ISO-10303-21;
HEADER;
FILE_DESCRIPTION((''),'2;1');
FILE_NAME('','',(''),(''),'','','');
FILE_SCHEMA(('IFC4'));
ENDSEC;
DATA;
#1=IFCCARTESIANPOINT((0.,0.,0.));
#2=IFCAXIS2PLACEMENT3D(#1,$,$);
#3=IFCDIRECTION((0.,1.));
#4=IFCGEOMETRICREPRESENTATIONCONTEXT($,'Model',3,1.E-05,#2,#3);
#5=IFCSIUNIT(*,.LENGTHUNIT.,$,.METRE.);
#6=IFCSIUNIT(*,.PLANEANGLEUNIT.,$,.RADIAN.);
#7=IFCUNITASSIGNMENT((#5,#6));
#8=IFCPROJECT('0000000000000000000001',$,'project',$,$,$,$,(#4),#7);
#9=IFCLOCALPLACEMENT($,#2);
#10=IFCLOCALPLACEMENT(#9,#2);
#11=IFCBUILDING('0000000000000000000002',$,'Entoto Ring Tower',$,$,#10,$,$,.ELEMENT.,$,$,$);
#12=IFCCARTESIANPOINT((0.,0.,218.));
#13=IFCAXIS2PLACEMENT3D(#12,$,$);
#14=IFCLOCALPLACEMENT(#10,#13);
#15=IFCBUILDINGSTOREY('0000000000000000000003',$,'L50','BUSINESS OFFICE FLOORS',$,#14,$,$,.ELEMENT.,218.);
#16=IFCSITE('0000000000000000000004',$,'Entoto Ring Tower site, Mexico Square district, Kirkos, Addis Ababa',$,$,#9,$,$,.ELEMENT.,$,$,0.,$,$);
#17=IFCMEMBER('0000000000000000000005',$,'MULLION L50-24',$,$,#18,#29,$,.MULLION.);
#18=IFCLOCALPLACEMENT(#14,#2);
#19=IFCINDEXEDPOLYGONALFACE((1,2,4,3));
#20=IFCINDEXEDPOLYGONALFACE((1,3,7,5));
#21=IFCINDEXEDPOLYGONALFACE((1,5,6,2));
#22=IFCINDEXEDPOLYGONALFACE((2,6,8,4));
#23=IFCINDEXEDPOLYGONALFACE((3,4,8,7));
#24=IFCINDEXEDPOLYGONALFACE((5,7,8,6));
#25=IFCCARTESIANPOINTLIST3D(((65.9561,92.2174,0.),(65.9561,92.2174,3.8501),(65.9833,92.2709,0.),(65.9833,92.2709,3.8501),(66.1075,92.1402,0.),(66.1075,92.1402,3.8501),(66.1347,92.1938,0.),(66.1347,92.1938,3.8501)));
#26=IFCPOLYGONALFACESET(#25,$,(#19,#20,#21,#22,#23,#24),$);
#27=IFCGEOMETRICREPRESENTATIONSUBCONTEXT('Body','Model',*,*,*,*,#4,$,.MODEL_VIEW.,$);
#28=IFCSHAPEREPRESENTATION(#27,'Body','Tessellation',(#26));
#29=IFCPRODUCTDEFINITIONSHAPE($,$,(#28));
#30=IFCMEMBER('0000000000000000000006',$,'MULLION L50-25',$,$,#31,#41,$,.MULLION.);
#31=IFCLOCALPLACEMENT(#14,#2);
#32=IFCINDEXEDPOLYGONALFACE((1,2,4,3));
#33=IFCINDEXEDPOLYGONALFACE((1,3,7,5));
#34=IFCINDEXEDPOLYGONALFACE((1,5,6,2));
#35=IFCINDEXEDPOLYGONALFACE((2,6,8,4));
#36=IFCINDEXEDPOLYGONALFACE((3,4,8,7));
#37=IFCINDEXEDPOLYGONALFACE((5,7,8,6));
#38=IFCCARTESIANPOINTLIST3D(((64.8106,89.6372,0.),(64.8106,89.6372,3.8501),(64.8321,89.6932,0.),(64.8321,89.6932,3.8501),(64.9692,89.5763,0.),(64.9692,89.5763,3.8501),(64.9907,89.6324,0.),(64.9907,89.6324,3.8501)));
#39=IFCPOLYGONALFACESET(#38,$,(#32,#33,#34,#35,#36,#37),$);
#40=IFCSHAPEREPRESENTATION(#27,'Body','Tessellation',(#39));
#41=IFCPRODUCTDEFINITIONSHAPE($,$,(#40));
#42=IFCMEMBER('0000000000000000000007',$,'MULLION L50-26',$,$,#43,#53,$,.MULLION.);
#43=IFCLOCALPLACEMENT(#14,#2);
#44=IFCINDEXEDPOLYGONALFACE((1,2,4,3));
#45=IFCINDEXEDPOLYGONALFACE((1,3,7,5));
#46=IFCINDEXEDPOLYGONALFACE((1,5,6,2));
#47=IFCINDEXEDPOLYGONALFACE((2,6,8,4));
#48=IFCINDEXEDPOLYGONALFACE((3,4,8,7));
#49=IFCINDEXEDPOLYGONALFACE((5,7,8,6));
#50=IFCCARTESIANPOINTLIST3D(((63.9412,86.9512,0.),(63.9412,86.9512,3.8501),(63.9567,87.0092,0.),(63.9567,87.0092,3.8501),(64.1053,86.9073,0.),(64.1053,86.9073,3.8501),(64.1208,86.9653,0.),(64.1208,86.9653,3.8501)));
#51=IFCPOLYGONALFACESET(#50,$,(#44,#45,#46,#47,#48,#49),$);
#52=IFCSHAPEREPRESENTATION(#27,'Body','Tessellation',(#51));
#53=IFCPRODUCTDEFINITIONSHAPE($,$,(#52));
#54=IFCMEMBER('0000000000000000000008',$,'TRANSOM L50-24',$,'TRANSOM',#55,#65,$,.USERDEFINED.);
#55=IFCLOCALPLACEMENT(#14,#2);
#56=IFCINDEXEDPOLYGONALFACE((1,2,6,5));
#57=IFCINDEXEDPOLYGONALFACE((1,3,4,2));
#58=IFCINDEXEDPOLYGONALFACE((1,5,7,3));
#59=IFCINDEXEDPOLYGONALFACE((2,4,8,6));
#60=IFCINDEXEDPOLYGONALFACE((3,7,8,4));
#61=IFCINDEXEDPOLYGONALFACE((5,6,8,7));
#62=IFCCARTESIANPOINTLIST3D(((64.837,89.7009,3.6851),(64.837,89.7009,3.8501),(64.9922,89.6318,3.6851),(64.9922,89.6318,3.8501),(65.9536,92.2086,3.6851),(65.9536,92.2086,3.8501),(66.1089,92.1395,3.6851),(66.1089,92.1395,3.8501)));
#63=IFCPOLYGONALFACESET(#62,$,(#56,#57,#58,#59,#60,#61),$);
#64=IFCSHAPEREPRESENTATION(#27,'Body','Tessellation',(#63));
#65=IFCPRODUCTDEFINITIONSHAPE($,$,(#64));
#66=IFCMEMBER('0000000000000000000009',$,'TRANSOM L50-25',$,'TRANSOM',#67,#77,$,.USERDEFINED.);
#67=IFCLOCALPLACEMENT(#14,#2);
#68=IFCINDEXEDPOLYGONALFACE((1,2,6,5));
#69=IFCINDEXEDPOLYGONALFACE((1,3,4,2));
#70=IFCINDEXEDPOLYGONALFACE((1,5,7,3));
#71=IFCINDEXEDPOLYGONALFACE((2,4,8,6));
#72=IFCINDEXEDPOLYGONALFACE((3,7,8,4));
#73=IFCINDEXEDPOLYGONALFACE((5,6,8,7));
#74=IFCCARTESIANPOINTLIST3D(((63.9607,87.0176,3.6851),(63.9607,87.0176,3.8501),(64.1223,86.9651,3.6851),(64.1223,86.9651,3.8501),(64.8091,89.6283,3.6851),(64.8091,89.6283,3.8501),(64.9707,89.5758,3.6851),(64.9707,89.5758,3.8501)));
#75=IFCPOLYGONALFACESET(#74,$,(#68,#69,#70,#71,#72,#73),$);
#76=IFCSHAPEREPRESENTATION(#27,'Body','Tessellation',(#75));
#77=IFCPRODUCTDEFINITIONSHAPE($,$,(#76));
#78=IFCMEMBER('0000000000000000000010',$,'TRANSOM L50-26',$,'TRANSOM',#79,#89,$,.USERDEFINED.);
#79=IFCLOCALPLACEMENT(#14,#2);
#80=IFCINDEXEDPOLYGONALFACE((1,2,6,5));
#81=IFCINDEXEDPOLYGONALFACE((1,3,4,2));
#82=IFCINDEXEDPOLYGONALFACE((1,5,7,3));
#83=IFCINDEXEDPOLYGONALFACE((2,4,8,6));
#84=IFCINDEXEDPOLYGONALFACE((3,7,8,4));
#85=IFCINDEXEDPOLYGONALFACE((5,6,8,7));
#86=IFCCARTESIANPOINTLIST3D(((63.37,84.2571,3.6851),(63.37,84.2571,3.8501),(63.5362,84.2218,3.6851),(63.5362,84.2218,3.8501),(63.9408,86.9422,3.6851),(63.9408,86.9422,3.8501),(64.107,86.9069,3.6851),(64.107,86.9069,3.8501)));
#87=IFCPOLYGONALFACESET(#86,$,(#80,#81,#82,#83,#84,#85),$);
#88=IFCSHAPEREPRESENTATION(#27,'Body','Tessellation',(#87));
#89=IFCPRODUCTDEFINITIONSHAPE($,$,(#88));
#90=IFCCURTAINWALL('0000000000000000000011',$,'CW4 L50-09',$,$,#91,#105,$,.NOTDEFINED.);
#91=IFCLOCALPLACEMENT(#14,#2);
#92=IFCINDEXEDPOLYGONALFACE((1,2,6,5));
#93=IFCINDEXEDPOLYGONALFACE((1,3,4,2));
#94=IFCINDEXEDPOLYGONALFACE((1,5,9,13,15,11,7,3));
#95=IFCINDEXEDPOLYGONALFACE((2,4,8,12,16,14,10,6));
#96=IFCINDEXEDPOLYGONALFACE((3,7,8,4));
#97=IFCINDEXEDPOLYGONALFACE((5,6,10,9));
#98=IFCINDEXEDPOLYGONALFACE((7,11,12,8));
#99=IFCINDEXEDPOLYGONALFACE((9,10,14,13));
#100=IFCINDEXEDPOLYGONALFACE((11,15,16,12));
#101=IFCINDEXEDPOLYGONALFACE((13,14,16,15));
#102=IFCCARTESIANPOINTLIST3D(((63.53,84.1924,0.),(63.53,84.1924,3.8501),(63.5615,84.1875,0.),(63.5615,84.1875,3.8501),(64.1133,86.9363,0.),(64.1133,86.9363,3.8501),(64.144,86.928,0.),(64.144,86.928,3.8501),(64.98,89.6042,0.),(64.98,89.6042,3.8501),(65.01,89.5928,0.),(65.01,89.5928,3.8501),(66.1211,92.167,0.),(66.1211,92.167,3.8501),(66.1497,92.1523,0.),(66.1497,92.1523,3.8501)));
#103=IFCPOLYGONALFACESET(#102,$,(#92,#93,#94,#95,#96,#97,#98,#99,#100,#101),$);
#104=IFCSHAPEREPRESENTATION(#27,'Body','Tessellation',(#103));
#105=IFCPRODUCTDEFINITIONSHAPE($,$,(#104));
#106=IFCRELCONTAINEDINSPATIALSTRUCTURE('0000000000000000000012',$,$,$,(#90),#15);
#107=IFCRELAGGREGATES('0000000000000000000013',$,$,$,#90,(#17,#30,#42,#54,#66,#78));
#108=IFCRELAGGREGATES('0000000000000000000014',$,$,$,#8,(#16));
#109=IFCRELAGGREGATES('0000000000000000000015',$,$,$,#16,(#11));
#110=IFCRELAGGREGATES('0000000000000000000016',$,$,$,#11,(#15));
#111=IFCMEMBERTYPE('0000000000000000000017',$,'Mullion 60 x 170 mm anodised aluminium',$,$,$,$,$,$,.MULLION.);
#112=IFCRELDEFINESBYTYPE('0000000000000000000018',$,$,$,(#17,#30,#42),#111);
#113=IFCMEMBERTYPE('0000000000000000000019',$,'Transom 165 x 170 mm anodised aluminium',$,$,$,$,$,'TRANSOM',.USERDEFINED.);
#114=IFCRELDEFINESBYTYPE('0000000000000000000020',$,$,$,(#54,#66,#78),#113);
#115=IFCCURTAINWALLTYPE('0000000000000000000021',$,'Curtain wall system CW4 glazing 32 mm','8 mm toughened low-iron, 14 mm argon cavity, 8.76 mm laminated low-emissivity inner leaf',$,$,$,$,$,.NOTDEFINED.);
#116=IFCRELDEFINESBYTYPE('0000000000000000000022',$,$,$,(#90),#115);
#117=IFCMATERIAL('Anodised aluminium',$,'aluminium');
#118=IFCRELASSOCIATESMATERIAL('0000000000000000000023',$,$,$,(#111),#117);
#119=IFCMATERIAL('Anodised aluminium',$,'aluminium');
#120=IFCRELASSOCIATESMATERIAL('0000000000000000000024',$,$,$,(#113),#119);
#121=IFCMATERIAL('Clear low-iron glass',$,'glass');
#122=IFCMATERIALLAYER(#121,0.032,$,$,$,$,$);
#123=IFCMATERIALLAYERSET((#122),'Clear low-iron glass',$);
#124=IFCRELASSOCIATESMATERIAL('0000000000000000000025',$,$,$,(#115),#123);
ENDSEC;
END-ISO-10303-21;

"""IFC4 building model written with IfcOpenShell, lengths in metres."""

from ifc_helpers import new_model, si_unit, direction, frame, origin, origin_2d, place, context, subcontext, project, spatial, polyline, rectangle, outline, extrude, material, layer, layer_set, material_profile, profile_set, type_object, element, aggregate, save


model = new_model("IFC4")

# Units and contexts
model_context = context("Model", 3, precision=1e-05, world=origin(), true_north=direction((0.0, 1.0)))
body_context = subcontext(model_context, "Body", "Model", "MODEL_VIEW")
ifc_project = project(units=[si_unit("LENGTHUNIT", "METRE"), si_unit("PLANEANGLEUNIT", "RADIAN")], contexts=[model_context])

# Members
ifc_material_1 = material(Name="Anodised aluminium", Category="aluminium")
ifc_material_profile_1 = material_profile(ifc_material_1, rectangle(XDim=0.0601, YDim=0.1699, at=origin_2d()), Name="Mullion 60 x 170 mm anodised aluminium")
ifc_profile_set_1 = profile_set([ifc_material_profile_1], Name="Anodised aluminium")
member_type_1 = type_object("IfcMemberType", Name="Mullion 60 x 170 mm anodised aluminium", PredefinedType="MULLION", material=ifc_profile_set_1)
site_placement = place(None, origin())
building_placement = place(site_placement, origin())
storey_placement = place(building_placement, frame((0.0, 0.0, 218.0)))
member_1_placement = place(storey_placement, frame((66.0454, 92.2056, 0.0), z_axis=(0.0, 0.0, 1.0), x_axis=(-0.45399, -0.891007, 0.0)))
member_1 = element("IfcMember", 1, at=member_1_placement, type_object=member_type_1, Name="MULLION L50-24", PredefinedType="MULLION", context=body_context, shape_type="SweptSolid", body=[
    extrude(rectangle(XDim=0.0601, YDim=0.1699, at=origin_2d()), origin(), (0.0, 0.0, 1.0), 3.8501),
])
member_2_placement = place(storey_placement, frame((64.9006, 89.6348, 0.0), z_axis=(0.0, 0.0, 1.0), x_axis=(-0.358368, -0.93358, 0.0)))
member_2 = element("IfcMember", 2, at=member_2_placement, type_object=member_type_1, Name="MULLION L50-25", PredefinedType="MULLION", context=body_context, shape_type="SweptSolid", body=[
    extrude(rectangle(XDim=0.0601, YDim=0.1699, at=origin_2d()), origin(), (0.0, 0.0, 1.0), 3.8501),
])
member_3_placement = place(storey_placement, frame((64.031, 86.9583, 0.0), z_axis=(0.0, 0.0, 1.0), x_axis=(-0.258819, -0.965926, 0.0)))
member_3 = element("IfcMember", 3, at=member_3_placement, type_object=member_type_1, Name="MULLION L50-26", PredefinedType="MULLION", context=body_context, shape_type="SweptSolid", body=[
    extrude(rectangle(XDim=0.0601, YDim=0.1699, at=origin_2d()), origin(), (0.0, 0.0, 1.0), 3.8501),
])
ifc_material_2 = material(Name="Anodised aluminium", Category="aluminium")
ifc_material_profile_2 = material_profile(ifc_material_2, rectangle(XDim=0.1699, YDim=0.165, at=origin_2d()), Name="Transom 165 x 170 mm anodised aluminium")
ifc_profile_set_2 = profile_set([ifc_material_profile_2], Name="Anodised aluminium")
member_type_2 = type_object("IfcMemberType", Name="Transom 165 x 170 mm anodised aluminium", ElementType="TRANSOM", PredefinedType="USERDEFINED", material=ifc_profile_set_2)
member_4_placement = place(storey_placement, frame((66.0312, 92.1741, 3.7676), z_axis=(-0.406782, -0.913525, 0.0), x_axis=(0.913525, -0.406782, 0.0)))
member_4 = element("IfcMember", 4, at=member_4_placement, type_object=member_type_2, Name="TRANSOM L50-24", ObjectType="TRANSOM", PredefinedType="USERDEFINED", context=body_context, shape_type="SweptSolid", body=[
    extrude(rectangle(XDim=0.1699, YDim=0.165, at=origin_2d()), origin(), (0.0, 0.0, 1.0), 2.7451),
])
member_5_placement = place(storey_placement, frame((64.8899, 89.6021, 3.7676), z_axis=(-0.309042, -0.951048, 0.0), x_axis=(0.951048, -0.309042, 0.0)))
member_5 = element("IfcMember", 5, at=member_5_placement, type_object=member_type_2, Name="TRANSOM L50-25", ObjectType="TRANSOM", PredefinedType="USERDEFINED", context=body_context, shape_type="SweptSolid", body=[
    extrude(rectangle(XDim=0.1699, YDim=0.165, at=origin_2d()), origin(), (0.0, 0.0, 1.0), 2.7451),
])
member_6_placement = place(storey_placement, frame((64.0239, 86.9246, 3.7676), z_axis=(-0.207937, -0.978142, 0.0), x_axis=(0.978142, -0.207937, 0.0)))
member_6 = element("IfcMember", 6, at=member_6_placement, type_object=member_type_2, Name="TRANSOM L50-26", ObjectType="TRANSOM", PredefinedType="USERDEFINED", context=body_context, shape_type="SweptSolid", body=[
    extrude(rectangle(XDim=0.1699, YDim=0.165, at=origin_2d()), origin(), (0.0, 0.0, 1.0), 2.7451),
])

# Site, building, storey
site = spatial("IfcSite", under=ifc_project, at=site_placement, Name="Entoto Ring Tower site, Mexico Square district, Kirkos, Addis Ababa", CompositionType="ELEMENT", RefElevation=0.0)
building = spatial("IfcBuilding", under=site, at=building_placement, Name="Entoto Ring Tower", CompositionType="ELEMENT")
storey = spatial("IfcBuildingStorey", under=building, at=storey_placement, Name="L50", Description="BUSINESS OFFICE FLOORS", CompositionType="ELEMENT", Elevation=218.0)

# Curtain wall
ifc_material_3 = material(Name="Clear low-iron glass", Category="glass")
ifc_layer = layer(ifc_material_3, 0.032)
ifc_layer_set = layer_set([ifc_layer], Name="Clear low-iron glass")
curtain_wall_type = type_object("IfcCurtainWallType", Name="Curtain wall system CW4 glazing 32 mm", Description="8 mm toughened low-iron, 14 mm argon cavity, 8.76 mm laminated low-emissivity inner leaf", PredefinedType="NOTDEFINED", material=ifc_layer_set)
curtain_wall_1_placement = place(storey_placement, origin())
curtain_wall_1 = element("IfcCurtainWall", 7, at=curtain_wall_1_placement, inside=storey, type_object=curtain_wall_type, Name="CW4 L50-09", PredefinedType="NOTDEFINED", context=body_context, shape_type="SweptSolid", body=[
    extrude(outline(polyline([(66.1211, 92.167), (64.98, 89.6042), (64.1133, 86.9363), (63.53, 84.1924), (63.5615, 84.1875), (64.144, 86.928), (65.01, 89.5928), (66.1497, 92.1523), (66.1211, 92.167)])), origin(), (0.0, 0.0, 1.0), 3.8501),
])
aggregate(curtain_wall_1, [member_1, member_2, member_3, member_4, member_5, member_6])

save(model, "model.ifc")
